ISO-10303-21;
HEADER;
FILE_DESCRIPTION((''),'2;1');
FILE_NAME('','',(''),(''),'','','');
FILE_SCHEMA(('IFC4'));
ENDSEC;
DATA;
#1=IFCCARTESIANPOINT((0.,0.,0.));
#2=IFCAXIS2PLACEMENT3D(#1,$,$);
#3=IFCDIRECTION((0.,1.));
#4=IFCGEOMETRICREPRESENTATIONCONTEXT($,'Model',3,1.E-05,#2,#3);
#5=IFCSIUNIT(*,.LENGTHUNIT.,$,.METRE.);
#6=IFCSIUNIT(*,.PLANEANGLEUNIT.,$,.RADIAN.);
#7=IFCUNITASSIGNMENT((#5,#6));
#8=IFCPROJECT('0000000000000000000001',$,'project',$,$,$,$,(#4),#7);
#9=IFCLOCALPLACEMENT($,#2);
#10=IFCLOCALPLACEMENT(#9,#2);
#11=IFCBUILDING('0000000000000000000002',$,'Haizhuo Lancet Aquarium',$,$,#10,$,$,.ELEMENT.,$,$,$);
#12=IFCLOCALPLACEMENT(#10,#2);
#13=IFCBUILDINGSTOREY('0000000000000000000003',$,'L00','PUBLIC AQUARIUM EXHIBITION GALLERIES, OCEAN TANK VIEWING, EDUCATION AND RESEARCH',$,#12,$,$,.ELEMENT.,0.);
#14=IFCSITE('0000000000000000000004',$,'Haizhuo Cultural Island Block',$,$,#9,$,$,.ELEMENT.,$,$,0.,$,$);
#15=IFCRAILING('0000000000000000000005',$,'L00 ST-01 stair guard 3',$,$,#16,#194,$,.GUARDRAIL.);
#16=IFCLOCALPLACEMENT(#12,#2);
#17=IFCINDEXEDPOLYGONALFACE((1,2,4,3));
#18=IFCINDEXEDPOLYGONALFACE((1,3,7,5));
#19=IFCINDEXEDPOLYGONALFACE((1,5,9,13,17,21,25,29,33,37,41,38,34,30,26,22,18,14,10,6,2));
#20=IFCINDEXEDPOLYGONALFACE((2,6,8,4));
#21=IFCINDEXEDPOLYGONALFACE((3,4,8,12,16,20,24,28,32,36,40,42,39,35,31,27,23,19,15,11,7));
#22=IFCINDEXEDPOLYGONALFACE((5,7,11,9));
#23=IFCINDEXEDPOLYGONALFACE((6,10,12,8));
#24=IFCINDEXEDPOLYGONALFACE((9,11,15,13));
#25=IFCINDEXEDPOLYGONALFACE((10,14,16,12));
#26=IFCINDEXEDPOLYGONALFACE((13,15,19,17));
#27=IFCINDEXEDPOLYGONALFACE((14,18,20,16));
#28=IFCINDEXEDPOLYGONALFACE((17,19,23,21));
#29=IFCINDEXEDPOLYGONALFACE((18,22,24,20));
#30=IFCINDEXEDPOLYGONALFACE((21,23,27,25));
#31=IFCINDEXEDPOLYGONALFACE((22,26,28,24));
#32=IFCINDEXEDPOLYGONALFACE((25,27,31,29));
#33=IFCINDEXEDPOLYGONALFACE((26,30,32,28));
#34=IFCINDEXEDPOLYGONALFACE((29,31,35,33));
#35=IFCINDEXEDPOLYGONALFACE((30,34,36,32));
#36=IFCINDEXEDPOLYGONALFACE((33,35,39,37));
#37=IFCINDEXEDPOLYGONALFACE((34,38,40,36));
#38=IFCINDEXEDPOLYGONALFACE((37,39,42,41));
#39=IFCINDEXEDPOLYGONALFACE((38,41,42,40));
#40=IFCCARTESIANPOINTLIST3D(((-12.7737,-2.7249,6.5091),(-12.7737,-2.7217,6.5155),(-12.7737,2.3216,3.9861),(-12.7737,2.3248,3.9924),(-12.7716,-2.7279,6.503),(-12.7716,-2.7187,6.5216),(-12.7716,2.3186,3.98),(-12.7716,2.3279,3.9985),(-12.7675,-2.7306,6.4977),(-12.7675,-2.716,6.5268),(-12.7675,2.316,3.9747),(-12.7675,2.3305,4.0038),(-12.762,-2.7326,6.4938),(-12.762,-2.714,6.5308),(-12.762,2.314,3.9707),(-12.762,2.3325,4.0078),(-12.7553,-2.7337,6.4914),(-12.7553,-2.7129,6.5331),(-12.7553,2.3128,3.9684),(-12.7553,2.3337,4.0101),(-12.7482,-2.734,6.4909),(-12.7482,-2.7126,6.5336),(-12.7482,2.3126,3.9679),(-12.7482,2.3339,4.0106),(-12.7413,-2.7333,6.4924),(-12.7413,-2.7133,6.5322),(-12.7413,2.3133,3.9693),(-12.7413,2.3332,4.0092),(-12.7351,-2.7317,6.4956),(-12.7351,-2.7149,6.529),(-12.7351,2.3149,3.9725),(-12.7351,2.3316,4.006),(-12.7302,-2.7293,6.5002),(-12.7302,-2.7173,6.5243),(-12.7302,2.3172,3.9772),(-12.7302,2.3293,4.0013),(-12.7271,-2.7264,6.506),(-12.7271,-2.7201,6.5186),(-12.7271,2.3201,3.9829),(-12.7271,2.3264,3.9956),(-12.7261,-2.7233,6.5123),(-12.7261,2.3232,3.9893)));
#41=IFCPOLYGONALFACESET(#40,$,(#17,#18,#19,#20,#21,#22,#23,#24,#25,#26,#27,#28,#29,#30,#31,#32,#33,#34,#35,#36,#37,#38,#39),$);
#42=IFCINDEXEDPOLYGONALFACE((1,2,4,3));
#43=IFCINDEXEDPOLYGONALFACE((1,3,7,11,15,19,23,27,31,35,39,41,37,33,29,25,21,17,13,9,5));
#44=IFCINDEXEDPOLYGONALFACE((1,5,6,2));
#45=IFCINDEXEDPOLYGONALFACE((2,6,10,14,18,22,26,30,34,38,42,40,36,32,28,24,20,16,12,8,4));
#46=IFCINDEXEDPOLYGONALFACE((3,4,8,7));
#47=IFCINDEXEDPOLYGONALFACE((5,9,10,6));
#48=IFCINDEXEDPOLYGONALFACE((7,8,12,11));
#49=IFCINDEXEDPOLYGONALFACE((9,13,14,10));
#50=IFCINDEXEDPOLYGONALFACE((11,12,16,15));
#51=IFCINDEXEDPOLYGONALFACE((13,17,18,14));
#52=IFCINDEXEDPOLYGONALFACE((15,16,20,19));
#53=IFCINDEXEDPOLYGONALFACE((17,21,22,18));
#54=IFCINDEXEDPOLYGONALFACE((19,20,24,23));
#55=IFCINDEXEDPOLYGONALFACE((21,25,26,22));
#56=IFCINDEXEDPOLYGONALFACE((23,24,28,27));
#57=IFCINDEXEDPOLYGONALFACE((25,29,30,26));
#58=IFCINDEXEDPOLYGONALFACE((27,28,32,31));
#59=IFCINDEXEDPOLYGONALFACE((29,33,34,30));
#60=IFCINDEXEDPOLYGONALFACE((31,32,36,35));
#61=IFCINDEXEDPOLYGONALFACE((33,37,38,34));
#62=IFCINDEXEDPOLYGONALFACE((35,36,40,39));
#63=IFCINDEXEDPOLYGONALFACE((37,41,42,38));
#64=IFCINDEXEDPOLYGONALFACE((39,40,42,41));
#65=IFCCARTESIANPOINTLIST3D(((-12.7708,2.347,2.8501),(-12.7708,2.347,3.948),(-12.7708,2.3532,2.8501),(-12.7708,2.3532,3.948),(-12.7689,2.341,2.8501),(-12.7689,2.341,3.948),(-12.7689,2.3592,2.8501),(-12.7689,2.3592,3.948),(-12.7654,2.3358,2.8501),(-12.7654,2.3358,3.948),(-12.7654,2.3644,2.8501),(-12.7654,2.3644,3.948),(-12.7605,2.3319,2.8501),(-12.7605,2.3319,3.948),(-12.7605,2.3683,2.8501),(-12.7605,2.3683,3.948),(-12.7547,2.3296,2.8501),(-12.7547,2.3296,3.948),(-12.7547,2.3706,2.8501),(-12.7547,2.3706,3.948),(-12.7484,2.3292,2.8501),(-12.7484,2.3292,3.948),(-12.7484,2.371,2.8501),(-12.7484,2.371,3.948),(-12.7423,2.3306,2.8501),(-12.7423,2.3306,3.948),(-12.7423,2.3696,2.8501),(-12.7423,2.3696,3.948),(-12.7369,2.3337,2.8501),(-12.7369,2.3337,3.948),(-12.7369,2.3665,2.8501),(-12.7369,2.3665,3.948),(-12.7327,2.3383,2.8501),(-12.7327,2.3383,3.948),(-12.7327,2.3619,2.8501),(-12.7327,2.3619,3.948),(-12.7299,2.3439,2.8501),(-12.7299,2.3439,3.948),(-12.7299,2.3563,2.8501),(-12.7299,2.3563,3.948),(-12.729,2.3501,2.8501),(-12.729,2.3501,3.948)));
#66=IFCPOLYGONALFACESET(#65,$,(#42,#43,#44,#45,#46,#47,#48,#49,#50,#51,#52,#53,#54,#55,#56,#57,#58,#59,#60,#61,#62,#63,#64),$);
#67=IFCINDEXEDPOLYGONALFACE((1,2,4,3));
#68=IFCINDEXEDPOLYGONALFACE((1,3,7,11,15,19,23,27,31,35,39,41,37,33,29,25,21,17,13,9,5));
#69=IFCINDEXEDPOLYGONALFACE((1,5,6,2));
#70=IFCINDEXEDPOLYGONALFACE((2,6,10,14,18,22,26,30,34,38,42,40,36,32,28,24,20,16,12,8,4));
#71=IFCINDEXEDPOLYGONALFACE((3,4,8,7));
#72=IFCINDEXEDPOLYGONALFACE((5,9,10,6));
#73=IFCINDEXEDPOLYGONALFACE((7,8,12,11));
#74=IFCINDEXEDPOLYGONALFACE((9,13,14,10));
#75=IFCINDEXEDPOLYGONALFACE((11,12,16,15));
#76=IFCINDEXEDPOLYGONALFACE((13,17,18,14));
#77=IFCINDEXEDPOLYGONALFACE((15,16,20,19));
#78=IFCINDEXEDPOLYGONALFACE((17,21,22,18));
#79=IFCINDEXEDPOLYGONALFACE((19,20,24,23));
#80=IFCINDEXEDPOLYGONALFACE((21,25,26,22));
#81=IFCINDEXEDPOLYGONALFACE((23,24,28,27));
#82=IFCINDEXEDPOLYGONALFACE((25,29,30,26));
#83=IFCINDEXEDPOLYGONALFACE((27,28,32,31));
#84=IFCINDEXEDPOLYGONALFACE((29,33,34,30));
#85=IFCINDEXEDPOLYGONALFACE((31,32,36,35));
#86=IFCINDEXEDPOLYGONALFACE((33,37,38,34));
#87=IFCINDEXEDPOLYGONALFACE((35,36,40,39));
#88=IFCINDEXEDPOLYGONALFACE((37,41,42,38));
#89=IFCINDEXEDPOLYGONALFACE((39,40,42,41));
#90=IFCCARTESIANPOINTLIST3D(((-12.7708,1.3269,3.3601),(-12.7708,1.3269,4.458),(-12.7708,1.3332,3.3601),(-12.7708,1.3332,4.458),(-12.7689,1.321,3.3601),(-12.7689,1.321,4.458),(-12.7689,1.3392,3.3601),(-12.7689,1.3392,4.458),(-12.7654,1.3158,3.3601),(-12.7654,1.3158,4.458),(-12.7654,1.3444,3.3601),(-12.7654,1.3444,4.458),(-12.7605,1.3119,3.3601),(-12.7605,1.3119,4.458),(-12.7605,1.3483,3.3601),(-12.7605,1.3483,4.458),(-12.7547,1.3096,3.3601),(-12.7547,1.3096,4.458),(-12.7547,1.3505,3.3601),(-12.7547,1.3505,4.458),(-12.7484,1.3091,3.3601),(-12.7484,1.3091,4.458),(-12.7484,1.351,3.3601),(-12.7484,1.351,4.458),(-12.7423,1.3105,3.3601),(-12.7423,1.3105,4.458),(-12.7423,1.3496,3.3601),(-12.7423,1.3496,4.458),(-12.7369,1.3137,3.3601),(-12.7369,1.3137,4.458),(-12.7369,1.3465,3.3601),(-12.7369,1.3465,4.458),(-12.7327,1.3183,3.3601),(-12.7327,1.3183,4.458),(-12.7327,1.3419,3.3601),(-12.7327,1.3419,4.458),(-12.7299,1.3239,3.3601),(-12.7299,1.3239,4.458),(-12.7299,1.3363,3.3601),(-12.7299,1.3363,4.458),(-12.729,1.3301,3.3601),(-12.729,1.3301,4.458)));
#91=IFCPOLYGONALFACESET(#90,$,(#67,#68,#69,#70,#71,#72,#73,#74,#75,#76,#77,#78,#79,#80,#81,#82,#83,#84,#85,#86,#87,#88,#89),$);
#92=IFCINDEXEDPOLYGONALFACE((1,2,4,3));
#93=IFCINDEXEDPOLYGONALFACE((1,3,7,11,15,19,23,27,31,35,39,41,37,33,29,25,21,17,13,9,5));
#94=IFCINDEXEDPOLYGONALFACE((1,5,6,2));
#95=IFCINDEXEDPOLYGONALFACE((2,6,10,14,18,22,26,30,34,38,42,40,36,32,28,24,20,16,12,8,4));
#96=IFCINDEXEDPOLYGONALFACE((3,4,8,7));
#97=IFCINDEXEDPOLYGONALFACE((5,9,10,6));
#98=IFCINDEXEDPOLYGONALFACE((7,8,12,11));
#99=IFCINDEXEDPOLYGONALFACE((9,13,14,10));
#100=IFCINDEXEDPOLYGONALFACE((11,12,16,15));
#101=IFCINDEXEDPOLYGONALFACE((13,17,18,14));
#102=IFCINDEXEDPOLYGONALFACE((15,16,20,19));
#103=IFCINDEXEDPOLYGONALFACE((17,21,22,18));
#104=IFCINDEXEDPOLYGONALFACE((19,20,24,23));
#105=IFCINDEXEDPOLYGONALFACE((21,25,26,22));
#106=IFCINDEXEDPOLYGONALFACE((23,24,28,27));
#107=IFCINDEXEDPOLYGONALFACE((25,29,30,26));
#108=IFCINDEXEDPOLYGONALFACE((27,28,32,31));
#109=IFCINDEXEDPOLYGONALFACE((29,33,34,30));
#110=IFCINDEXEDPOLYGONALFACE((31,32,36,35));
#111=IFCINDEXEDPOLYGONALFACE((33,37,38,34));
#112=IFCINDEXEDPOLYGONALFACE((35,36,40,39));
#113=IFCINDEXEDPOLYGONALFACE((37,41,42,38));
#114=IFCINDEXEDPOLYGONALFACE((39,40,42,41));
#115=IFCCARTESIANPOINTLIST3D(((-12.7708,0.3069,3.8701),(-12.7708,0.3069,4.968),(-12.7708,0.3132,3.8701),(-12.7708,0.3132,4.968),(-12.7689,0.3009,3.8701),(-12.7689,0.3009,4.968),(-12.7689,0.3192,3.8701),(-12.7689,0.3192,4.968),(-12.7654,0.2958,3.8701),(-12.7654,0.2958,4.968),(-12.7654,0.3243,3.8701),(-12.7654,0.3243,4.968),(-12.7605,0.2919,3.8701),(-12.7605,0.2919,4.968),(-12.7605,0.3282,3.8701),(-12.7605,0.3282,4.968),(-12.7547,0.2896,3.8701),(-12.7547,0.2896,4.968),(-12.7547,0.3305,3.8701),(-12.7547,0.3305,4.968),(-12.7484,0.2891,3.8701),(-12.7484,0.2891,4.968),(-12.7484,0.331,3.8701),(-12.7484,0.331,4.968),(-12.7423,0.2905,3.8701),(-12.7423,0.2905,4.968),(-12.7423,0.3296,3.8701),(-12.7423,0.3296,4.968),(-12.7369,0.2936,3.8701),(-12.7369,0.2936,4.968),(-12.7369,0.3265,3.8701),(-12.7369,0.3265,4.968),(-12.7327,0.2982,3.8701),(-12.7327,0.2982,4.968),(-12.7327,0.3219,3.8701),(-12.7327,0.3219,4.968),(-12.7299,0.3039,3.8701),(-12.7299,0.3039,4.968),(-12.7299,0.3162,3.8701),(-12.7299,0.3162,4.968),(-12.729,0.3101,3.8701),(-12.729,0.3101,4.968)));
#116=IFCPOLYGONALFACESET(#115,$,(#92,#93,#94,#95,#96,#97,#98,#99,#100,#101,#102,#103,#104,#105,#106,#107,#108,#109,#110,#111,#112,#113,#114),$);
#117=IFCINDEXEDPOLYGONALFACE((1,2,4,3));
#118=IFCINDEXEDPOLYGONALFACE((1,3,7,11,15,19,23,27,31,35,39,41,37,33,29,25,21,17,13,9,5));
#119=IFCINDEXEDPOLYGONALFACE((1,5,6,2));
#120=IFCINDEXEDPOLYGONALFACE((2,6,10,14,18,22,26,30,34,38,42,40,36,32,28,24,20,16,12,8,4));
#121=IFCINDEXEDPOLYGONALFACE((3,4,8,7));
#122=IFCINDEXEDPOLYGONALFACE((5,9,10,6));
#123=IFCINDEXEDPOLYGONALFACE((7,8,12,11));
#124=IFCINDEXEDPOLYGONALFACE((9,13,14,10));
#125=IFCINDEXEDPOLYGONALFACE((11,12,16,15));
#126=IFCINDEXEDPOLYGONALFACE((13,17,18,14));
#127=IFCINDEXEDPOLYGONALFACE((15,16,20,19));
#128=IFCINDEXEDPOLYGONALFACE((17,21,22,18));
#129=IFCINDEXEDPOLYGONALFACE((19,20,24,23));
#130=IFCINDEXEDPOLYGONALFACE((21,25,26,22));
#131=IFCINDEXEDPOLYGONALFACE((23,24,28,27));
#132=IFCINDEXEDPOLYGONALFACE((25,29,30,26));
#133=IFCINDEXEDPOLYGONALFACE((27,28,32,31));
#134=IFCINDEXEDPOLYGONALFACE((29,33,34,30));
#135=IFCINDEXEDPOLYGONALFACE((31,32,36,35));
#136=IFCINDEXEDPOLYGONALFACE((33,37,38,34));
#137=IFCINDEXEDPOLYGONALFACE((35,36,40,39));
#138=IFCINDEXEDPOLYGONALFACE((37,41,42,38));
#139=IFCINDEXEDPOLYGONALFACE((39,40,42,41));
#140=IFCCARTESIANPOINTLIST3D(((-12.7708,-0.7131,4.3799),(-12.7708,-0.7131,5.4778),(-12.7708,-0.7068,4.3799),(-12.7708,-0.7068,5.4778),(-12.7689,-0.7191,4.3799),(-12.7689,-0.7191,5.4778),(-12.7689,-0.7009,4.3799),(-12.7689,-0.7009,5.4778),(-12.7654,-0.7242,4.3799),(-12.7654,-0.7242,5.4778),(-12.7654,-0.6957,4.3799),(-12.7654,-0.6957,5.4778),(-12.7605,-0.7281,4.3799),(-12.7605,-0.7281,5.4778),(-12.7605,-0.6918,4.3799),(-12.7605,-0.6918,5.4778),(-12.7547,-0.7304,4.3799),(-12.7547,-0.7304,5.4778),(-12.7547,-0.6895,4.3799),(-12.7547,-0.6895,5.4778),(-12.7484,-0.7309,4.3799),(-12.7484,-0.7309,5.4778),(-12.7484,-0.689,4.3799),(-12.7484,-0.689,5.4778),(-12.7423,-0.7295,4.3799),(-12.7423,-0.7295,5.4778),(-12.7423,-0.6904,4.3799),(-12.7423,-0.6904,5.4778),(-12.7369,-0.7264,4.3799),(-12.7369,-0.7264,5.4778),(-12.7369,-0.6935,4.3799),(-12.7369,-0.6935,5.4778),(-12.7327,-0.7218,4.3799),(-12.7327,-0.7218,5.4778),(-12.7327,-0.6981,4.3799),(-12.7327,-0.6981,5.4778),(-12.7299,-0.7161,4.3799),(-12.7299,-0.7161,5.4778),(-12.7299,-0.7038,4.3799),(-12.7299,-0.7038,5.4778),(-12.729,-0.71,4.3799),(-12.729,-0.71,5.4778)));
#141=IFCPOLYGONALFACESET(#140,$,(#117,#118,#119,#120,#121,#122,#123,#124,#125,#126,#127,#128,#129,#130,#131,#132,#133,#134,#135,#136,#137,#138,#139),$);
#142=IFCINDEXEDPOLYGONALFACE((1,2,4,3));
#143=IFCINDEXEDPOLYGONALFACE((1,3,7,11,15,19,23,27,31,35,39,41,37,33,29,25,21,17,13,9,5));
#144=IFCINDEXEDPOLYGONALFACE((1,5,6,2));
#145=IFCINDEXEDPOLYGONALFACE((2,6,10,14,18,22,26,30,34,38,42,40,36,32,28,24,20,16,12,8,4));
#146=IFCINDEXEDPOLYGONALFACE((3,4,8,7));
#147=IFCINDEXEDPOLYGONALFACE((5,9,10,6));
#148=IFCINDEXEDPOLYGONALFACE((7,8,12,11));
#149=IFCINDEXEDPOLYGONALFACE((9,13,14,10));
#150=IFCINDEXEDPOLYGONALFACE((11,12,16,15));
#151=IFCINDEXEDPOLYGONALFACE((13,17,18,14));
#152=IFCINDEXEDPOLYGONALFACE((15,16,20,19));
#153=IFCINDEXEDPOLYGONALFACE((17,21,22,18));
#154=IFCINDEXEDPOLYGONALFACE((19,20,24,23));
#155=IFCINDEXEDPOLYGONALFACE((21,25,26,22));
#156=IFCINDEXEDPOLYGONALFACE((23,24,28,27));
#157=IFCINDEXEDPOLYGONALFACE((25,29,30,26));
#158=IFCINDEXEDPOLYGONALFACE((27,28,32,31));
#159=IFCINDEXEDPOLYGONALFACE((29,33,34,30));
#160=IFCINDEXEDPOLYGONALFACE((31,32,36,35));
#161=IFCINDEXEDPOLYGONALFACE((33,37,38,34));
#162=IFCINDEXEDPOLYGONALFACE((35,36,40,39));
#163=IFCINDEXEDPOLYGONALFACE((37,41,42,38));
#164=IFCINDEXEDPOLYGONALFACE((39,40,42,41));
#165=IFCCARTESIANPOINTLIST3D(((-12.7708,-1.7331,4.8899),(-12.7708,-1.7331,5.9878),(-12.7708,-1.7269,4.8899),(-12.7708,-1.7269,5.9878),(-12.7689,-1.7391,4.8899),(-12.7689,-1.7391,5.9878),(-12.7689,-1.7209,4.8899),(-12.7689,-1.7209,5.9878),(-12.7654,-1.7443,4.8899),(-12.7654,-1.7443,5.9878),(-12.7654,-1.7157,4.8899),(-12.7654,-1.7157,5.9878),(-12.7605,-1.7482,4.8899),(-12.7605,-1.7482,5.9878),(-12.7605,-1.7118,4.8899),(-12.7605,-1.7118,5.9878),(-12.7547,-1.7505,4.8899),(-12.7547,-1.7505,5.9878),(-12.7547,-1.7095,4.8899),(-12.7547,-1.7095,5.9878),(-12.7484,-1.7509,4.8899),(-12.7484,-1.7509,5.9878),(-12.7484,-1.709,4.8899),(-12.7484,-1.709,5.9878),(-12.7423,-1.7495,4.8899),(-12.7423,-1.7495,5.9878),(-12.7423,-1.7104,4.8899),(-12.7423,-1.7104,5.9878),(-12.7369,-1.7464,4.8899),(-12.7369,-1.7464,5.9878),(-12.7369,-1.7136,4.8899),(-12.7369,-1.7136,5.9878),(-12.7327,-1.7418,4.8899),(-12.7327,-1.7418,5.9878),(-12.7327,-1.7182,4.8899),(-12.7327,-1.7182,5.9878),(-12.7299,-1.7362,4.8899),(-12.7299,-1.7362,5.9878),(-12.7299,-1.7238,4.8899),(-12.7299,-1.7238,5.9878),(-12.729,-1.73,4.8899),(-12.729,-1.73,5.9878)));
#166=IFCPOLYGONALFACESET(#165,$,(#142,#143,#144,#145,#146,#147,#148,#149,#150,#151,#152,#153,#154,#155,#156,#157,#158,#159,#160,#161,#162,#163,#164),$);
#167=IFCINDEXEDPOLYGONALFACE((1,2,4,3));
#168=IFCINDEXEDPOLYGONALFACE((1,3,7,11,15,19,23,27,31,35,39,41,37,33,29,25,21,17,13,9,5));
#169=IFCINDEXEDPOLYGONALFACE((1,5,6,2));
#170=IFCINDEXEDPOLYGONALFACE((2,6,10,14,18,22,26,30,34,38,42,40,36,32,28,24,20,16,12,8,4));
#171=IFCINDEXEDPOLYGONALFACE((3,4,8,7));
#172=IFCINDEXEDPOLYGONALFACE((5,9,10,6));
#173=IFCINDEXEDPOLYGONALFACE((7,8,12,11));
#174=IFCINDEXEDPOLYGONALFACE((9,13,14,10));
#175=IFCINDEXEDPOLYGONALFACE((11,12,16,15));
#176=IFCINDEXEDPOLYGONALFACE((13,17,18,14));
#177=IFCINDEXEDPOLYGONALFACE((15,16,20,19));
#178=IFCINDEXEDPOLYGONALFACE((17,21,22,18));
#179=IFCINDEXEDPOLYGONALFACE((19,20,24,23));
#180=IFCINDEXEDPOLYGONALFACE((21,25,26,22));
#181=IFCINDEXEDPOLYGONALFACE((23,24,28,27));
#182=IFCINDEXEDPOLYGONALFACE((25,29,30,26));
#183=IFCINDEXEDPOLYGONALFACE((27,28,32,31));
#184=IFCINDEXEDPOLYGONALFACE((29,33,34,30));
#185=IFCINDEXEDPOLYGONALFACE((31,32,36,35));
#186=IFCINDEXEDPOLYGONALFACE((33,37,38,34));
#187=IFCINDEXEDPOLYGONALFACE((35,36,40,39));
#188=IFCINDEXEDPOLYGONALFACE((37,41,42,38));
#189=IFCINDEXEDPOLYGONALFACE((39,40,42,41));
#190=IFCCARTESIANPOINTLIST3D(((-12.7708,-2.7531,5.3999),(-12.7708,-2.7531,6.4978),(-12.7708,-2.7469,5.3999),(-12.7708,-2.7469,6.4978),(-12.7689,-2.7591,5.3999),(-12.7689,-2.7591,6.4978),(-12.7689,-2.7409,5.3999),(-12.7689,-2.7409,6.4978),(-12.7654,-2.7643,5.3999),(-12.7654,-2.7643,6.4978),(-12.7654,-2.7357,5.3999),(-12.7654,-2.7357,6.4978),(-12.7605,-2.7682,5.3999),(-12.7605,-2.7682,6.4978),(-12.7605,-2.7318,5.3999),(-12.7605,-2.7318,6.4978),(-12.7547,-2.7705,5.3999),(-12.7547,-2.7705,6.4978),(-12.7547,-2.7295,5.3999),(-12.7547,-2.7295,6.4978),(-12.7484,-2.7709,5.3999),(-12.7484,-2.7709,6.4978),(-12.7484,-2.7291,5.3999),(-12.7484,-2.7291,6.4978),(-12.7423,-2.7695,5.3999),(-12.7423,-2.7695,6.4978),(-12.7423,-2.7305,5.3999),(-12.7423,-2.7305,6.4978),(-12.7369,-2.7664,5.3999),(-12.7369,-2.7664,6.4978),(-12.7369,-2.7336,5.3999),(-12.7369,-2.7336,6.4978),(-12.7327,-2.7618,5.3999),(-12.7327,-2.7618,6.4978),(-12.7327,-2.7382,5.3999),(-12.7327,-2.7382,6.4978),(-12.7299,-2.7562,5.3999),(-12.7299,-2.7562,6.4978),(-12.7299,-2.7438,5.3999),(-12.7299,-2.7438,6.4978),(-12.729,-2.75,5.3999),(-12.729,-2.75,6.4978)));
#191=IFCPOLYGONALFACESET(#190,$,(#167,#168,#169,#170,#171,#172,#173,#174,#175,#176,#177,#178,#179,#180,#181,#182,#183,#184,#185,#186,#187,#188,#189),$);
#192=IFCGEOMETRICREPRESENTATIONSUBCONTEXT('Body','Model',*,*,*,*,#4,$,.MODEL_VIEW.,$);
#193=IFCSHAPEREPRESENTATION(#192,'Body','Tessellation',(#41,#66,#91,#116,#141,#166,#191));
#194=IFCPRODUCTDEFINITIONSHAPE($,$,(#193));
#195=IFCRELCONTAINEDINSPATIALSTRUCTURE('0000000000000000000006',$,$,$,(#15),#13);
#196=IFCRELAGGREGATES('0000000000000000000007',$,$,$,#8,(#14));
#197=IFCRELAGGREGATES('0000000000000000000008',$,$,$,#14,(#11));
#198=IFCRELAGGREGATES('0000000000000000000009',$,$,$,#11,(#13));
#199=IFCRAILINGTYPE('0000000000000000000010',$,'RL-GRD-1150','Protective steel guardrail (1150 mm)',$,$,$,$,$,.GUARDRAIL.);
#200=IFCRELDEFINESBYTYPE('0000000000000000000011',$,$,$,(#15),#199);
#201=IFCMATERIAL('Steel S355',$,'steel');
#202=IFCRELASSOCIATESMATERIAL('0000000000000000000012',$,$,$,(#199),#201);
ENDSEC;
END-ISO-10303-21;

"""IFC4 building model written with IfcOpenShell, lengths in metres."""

from ifc_helpers import new_model, si_unit, direction, frame, origin, origin_2d, place, context, subcontext, project, spatial, circle, extrude, material, type_object, element, save


model = new_model("IFC4")

# Units and contexts
model_context = context("Model", 3, precision=1e-05, world=origin(), true_north=direction((0.0, 1.0)))
body_context = subcontext(model_context, "Body", "Model", "MODEL_VIEW")
ifc_project = project(units=[si_unit("LENGTHUNIT", "METRE"), si_unit("PLANEANGLEUNIT", "RADIAN")], contexts=[model_context])

# Site, building, storey
site_placement = place(None, origin())
site = spatial("IfcSite", under=ifc_project, at=site_placement, Name="Haizhuo Cultural Island Block", CompositionType="ELEMENT", RefElevation=0.0)
building_placement = place(site_placement, origin())
building = spatial("IfcBuilding", under=site, at=building_placement, Name="Haizhuo Lancet Aquarium", CompositionType="ELEMENT")
storey_placement = place(building_placement, origin())
storey = spatial("IfcBuildingStorey", under=building, at=storey_placement, Name="L00", Description="PUBLIC AQUARIUM EXHIBITION GALLERIES, OCEAN TANK VIEWING, EDUCATION AND RESEARCH", CompositionType="ELEMENT", Elevation=0.0)

# Railing
ifc_material_1 = material(Name="Steel S355", Category="steel")
railing_type_1 = type_object("IfcRailingType", Name="RL-GRD-1150", Description="Protective steel guardrail (1150 mm)", PredefinedType="GUARDRAIL", material=ifc_material_1)
railing_1_placement = place(storey_placement, frame((-12.75, 2.3501, 2.8501)))
element("IfcRailing", 1, at=railing_1_placement, inside=storey, type_object=railing_type_1, Name="L00 ST-01 stair guard 3", PredefinedType="GUARDRAIL", context=body_context, shape_type="SweptSolid", body=[
    extrude(circle(Radius=0.0239, at=origin_2d()), frame((0.0, -0.0269, 1.1392), z_axis=(0.0, -0.894444, 0.447179), x_axis=(1.0, 0.0, 0.0)), (0.0, 0.0, 1.0), 5.6421),
    extrude(circle(Radius=0.021, at=origin_2d()), origin(), (0.0, 0.0, 1.0), 1.0979),
    extrude(circle(Radius=0.021, at=origin_2d()), frame((0.0, -1.02, 0.51)), (0.0, 0.0, 1.0), 1.0979),
    extrude(circle(Radius=0.021, at=origin_2d()), frame((0.0, -2.04, 1.02)), (0.0, 0.0, 1.0), 1.0979),
    extrude(circle(Radius=0.021, at=origin_2d()), frame((0.0, -3.0601, 1.5298)), (0.0, 0.0, 1.0), 1.0979),
    extrude(circle(Radius=0.021, at=origin_2d()), frame((0.0, -4.0801, 2.0398)), (0.0, 0.0, 1.0), 1.0979),
    extrude(circle(Radius=0.021, at=origin_2d()), frame((0.0, -5.1001, 2.5498)), (0.0, 0.0, 1.0), 1.0979),
])

save(model, "model.ifc")
